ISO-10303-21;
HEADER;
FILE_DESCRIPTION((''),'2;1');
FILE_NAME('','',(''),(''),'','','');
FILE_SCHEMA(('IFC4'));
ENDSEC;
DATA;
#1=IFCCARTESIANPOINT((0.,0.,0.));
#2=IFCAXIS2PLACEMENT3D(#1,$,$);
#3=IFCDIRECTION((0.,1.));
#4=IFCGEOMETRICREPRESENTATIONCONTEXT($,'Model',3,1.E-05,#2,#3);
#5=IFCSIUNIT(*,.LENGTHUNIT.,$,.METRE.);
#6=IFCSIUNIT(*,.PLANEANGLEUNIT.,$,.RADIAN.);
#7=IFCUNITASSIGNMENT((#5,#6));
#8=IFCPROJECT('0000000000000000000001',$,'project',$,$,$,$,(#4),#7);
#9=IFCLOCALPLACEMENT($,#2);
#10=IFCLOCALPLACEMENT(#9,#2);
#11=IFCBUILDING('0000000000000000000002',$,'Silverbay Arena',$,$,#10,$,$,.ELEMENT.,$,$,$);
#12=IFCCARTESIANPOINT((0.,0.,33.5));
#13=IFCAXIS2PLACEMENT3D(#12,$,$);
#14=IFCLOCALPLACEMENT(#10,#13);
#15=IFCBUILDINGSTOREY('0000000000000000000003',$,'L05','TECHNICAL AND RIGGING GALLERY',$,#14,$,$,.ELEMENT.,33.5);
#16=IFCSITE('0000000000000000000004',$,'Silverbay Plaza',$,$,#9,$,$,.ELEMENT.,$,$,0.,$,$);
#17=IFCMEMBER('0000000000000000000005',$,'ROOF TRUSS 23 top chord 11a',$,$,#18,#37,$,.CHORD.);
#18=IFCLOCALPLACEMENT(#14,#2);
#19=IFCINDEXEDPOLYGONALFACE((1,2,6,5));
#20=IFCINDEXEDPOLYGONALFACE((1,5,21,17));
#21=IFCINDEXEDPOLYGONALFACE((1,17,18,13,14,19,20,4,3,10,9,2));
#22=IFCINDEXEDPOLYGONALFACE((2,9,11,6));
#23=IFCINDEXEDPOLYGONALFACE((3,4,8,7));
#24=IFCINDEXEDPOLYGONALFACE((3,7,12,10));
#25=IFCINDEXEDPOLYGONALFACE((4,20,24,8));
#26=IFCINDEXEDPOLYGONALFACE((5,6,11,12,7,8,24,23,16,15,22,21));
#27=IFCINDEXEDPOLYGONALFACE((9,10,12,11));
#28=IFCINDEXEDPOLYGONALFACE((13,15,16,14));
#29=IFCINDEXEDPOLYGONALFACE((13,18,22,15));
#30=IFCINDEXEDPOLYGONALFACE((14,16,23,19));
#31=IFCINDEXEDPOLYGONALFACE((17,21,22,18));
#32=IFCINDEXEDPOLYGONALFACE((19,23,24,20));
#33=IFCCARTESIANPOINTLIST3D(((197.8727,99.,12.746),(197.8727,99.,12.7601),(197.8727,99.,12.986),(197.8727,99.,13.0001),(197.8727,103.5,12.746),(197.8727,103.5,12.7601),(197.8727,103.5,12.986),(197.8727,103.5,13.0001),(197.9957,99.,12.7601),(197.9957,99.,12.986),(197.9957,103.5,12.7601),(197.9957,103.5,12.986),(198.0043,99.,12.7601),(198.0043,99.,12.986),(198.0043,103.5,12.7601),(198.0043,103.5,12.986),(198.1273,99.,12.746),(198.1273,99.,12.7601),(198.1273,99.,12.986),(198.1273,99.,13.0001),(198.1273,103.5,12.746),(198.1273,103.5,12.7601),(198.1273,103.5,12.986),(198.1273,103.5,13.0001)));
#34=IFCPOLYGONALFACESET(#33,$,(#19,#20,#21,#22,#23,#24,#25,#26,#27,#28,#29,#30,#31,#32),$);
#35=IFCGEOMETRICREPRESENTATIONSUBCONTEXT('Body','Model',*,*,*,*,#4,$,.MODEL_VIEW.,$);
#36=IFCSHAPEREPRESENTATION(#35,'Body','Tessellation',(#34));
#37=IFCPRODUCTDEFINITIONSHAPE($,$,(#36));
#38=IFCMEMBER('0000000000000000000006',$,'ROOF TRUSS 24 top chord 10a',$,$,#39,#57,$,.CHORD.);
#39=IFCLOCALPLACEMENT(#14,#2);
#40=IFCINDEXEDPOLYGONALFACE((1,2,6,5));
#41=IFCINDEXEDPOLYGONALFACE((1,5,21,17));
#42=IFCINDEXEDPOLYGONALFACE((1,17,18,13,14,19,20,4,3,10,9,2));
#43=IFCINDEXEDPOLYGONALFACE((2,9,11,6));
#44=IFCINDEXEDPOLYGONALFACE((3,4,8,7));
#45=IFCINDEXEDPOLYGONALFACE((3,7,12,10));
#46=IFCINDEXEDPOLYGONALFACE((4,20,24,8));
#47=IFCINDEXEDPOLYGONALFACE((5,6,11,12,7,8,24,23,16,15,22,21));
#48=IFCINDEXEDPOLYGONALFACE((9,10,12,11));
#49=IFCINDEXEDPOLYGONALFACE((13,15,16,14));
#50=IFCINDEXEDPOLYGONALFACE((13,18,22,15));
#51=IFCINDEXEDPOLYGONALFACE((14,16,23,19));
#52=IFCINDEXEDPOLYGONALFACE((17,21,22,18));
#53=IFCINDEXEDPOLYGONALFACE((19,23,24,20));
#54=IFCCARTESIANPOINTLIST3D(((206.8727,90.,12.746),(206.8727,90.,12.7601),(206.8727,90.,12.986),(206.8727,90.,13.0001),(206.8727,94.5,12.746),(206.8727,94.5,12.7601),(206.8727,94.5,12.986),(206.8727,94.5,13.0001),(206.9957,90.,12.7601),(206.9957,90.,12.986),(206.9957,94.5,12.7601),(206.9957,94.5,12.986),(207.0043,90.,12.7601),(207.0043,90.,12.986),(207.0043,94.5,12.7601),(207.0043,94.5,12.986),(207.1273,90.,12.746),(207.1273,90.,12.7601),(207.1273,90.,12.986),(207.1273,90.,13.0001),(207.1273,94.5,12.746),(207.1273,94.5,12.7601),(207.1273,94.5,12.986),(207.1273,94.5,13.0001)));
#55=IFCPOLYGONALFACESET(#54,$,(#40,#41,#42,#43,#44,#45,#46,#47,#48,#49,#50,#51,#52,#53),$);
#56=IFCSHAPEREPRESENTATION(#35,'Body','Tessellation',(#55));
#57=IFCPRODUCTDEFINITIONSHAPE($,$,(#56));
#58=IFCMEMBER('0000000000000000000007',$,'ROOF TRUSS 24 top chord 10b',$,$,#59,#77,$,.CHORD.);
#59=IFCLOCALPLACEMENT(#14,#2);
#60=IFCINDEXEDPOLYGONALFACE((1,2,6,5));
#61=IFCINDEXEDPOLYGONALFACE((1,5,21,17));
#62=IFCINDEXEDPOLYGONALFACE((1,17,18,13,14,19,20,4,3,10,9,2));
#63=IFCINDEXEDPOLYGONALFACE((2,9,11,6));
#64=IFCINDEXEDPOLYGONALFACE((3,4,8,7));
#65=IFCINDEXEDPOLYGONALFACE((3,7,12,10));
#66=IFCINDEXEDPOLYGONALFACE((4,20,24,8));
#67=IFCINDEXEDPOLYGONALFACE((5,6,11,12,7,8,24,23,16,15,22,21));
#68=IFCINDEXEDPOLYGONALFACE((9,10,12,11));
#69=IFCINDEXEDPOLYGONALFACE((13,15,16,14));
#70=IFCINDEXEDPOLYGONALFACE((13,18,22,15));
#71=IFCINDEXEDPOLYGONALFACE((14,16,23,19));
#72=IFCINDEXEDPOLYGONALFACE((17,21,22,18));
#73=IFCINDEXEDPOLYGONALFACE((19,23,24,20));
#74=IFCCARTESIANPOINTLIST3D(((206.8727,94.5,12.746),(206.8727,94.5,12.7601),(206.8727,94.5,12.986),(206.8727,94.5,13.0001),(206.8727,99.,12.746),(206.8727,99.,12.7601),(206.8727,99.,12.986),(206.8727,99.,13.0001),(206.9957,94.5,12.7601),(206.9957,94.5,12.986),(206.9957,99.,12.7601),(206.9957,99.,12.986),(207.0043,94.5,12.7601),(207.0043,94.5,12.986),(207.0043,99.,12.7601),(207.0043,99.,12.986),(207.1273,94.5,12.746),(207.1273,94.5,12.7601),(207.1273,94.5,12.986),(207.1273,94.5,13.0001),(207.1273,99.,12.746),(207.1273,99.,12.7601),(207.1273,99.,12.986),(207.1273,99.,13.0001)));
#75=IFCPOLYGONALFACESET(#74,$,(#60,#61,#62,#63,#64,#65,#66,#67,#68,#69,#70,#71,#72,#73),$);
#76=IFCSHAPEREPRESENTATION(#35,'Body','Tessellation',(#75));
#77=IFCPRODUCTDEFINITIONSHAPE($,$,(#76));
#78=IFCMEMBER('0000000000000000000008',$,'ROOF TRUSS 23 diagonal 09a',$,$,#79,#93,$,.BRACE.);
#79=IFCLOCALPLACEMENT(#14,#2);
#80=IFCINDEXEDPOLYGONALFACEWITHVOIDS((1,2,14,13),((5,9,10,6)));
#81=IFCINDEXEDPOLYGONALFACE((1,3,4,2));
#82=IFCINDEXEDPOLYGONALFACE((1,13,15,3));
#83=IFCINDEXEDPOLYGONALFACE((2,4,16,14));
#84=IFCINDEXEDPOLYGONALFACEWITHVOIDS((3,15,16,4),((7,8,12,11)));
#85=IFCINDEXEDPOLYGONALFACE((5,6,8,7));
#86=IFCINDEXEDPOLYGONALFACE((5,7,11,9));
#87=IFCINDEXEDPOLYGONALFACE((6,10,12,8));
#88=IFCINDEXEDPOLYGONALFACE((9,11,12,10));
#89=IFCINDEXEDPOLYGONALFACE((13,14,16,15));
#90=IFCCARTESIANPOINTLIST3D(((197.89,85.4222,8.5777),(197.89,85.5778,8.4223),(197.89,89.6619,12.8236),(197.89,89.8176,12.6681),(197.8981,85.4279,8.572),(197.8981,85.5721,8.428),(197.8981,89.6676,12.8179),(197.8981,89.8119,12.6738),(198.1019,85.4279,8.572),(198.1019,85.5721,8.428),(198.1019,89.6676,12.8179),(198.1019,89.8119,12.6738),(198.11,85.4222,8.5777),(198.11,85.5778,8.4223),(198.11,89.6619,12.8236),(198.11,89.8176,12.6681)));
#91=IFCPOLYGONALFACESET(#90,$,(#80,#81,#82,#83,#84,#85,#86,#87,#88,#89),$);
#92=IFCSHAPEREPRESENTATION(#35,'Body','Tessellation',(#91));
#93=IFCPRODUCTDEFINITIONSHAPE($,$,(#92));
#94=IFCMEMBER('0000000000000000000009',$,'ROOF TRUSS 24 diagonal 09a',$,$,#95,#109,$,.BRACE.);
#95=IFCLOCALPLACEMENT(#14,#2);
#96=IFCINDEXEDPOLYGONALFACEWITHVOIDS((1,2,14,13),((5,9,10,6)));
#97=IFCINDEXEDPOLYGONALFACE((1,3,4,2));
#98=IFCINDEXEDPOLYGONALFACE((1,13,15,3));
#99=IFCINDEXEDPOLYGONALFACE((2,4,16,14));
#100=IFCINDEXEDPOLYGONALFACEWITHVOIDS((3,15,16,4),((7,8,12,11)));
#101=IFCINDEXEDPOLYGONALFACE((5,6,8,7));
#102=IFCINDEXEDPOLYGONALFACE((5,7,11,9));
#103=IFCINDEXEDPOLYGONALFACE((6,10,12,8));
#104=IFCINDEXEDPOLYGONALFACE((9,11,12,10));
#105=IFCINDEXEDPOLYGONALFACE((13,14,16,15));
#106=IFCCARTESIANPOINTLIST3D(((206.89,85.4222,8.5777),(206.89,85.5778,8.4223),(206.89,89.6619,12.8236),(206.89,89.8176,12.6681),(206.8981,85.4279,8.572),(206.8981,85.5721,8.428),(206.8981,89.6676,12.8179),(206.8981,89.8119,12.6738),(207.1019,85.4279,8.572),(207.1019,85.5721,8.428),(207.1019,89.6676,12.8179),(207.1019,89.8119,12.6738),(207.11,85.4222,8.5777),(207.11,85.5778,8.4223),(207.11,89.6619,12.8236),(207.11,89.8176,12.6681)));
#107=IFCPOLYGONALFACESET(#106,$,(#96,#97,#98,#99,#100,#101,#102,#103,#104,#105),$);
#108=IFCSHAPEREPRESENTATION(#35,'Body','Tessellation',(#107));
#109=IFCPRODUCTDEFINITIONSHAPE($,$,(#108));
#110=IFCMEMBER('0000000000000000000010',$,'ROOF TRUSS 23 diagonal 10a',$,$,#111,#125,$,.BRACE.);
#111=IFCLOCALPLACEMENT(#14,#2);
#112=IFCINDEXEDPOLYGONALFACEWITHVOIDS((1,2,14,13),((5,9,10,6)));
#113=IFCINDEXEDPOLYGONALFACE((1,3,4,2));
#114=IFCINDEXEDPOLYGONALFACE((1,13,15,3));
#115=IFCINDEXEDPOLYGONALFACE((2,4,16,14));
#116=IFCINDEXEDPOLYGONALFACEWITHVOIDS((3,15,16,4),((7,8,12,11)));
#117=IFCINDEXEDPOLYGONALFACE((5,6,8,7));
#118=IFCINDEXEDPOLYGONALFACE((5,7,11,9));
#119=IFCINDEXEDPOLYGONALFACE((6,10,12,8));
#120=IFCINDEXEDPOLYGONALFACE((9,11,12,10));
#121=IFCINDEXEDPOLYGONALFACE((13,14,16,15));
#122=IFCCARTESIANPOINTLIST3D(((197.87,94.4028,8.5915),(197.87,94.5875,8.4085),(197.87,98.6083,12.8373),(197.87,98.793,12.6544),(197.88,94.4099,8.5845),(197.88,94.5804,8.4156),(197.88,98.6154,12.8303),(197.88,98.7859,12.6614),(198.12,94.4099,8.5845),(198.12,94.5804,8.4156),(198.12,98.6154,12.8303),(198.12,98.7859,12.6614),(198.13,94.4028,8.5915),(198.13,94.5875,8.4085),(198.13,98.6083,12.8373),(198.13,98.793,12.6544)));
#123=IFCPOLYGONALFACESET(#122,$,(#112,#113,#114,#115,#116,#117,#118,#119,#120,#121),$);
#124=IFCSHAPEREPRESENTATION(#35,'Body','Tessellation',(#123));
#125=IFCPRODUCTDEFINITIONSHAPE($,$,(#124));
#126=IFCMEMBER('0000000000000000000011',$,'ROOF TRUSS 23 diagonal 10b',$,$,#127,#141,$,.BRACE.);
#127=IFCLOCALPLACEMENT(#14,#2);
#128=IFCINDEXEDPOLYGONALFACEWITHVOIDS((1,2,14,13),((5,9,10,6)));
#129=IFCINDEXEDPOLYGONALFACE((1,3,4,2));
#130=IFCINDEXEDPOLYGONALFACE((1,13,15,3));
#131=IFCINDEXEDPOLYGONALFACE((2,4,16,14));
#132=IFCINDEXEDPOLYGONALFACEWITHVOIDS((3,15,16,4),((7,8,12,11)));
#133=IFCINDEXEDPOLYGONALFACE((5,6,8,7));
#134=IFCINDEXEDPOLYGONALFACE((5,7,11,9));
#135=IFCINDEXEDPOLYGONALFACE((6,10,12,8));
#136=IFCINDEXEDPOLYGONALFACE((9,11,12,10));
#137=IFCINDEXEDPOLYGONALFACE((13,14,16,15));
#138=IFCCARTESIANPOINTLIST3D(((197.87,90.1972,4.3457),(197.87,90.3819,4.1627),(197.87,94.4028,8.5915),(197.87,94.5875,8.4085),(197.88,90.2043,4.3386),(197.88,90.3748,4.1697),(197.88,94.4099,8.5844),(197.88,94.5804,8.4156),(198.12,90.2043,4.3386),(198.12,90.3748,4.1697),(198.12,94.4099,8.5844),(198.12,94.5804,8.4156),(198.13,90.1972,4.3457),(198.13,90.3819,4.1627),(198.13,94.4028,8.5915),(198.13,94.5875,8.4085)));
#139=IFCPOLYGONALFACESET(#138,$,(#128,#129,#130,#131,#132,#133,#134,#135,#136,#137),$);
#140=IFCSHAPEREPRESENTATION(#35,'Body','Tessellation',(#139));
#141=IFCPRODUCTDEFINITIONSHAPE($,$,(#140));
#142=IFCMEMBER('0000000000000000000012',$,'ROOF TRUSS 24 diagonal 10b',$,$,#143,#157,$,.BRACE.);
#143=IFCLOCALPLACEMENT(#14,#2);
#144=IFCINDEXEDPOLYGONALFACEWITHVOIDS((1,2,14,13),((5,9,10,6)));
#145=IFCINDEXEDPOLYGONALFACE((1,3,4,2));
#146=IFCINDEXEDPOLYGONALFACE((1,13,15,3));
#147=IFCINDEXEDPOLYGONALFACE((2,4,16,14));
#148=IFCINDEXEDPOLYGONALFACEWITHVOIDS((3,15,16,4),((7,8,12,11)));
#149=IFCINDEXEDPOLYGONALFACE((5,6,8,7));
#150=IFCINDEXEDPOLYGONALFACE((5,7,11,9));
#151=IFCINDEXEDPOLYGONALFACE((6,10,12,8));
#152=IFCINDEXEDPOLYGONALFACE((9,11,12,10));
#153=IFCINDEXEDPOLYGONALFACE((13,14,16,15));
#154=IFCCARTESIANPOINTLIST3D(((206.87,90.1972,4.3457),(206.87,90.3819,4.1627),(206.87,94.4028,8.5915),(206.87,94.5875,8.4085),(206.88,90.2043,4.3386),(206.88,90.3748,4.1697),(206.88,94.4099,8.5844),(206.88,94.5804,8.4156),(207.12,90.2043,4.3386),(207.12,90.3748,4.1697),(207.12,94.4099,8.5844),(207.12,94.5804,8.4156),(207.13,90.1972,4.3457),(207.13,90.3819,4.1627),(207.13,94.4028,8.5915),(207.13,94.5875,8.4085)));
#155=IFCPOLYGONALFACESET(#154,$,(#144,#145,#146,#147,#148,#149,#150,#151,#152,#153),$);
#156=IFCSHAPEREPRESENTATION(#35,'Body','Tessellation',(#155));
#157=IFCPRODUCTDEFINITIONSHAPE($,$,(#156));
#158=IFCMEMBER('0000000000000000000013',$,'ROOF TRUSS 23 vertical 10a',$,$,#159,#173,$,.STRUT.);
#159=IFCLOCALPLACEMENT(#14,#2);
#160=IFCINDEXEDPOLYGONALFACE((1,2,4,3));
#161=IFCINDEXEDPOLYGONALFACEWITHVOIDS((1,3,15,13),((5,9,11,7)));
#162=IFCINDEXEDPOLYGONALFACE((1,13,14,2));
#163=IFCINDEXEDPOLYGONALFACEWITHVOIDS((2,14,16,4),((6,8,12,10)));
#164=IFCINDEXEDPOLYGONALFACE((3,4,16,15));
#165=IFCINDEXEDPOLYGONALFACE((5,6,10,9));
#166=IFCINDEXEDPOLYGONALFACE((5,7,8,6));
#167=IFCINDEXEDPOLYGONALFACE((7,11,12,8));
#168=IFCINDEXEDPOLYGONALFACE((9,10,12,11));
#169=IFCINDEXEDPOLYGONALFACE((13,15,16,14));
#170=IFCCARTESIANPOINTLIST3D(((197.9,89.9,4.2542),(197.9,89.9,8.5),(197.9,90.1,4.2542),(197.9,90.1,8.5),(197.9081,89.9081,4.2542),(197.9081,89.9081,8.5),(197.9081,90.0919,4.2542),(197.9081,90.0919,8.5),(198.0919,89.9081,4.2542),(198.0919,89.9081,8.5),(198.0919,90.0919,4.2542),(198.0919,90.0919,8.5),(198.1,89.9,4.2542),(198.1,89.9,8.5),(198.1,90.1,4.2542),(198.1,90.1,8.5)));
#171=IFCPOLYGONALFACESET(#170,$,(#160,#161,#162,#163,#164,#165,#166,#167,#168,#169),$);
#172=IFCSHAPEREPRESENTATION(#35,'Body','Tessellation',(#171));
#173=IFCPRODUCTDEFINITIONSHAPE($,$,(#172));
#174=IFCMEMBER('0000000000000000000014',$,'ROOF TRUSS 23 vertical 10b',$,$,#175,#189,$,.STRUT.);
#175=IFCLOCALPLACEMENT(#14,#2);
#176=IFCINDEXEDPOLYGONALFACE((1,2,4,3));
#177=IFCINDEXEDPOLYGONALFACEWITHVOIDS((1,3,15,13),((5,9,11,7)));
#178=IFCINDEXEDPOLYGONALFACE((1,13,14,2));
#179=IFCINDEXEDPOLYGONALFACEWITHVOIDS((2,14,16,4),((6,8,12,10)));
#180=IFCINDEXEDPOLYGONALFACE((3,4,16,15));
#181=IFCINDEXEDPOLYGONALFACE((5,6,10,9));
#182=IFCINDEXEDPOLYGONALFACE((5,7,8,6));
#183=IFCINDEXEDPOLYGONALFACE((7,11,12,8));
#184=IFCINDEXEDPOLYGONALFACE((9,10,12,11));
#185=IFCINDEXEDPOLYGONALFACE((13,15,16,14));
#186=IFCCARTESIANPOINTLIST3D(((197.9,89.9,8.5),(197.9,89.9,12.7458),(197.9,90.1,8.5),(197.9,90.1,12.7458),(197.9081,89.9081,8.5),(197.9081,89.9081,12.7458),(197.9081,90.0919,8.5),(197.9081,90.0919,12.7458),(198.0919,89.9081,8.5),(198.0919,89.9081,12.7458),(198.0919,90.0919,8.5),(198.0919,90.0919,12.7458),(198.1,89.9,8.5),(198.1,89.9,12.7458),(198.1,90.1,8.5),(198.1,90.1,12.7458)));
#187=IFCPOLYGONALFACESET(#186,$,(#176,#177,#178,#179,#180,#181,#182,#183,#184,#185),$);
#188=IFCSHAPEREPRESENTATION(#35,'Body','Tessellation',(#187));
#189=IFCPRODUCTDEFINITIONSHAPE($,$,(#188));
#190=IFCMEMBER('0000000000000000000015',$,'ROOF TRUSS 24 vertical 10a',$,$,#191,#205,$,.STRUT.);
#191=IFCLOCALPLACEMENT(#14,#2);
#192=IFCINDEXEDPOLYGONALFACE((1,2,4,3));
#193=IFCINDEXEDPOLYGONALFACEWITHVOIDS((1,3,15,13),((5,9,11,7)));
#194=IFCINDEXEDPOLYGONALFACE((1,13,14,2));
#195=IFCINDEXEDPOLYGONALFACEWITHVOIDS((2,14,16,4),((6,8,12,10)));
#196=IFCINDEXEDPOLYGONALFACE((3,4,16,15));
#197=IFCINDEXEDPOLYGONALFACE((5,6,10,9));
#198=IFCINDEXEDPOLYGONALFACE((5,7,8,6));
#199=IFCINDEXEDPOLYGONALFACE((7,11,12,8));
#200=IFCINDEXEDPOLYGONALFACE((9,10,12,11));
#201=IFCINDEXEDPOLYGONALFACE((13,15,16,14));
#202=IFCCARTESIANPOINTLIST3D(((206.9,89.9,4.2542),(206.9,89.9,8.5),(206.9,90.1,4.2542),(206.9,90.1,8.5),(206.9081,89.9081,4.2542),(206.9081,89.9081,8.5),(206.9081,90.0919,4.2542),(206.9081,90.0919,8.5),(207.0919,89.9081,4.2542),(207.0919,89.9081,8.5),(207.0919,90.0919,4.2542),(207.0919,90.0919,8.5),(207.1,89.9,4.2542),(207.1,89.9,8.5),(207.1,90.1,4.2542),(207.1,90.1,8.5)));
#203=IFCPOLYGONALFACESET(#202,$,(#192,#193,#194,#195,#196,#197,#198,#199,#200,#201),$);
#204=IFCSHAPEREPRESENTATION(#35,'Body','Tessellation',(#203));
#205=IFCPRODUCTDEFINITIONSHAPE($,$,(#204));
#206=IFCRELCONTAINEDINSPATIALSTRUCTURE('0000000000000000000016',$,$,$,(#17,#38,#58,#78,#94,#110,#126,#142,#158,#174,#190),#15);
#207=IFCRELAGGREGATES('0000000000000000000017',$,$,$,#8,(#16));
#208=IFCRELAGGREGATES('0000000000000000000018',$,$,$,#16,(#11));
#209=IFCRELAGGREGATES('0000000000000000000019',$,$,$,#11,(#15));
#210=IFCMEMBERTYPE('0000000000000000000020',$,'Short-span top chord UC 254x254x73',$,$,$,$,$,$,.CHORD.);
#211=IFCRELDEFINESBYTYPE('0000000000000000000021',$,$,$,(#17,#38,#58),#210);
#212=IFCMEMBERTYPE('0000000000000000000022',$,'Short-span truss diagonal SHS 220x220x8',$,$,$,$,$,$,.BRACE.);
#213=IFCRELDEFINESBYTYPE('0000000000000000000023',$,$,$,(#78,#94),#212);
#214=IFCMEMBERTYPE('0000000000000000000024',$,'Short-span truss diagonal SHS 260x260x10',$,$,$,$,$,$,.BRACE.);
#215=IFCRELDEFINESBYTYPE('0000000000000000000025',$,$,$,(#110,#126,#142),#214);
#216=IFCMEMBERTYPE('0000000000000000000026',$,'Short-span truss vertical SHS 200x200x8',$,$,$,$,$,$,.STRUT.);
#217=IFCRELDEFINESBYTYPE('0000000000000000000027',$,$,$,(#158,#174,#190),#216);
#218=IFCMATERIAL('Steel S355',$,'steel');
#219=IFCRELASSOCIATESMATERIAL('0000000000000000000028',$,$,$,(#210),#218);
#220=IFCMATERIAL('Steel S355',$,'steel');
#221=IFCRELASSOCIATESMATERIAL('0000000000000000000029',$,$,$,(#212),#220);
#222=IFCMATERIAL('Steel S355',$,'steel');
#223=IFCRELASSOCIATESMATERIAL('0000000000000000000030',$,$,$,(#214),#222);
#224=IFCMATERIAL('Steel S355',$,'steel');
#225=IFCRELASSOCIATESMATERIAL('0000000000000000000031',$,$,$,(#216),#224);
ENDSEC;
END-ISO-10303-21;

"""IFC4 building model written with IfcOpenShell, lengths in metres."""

from ifc_helpers import new_model, si_unit, direction, frame, origin, origin_2d, place, context, subcontext, project, spatial, hollow_rectangle, i_section, extrude, material, material_profile, profile_set, type_object, element, save


model = new_model("IFC4")

# Units and contexts
model_context = context("Model", 3, precision=1e-05, world=origin(), true_north=direction((0.0, 1.0)))
body_context = subcontext(model_context, "Body", "Model", "MODEL_VIEW")
ifc_project = project(units=[si_unit("LENGTHUNIT", "METRE"), si_unit("PLANEANGLEUNIT", "RADIAN")], contexts=[model_context])

# Site, building, storey
site_placement = place(None, origin())
site = spatial("IfcSite", under=ifc_project, at=site_placement, Name="Silverbay Plaza", CompositionType="ELEMENT", RefElevation=0.0)
building_placement = place(site_placement, origin())
building = spatial("IfcBuilding", under=site, at=building_placement, Name="Silverbay Arena", CompositionType="ELEMENT")
storey_placement = place(building_placement, frame((0.0, 0.0, 33.5)))
storey = spatial("IfcBuildingStorey", under=building, at=storey_placement, Name="L05", Description="TECHNICAL AND RIGGING GALLERY", CompositionType="ELEMENT", Elevation=33.5)

# Members
ifc_material_1 = material(Name="Steel S355", Category="steel")
ifc_material_profile_1 = material_profile(ifc_material_1, i_section(OverallWidth=0.2546, OverallDepth=0.2542, WebThickness=0.0085, FlangeThickness=0.0142, at=origin_2d()), Name="UC 254x254x73")
ifc_profile_set_1 = profile_set([ifc_material_profile_1], Name="Steel S355")
member_type_1 = type_object("IfcMemberType", Name="Short-span top chord UC 254x254x73", PredefinedType="CHORD", material=ifc_profile_set_1)
for number, where, z_axis, x_axis, name in (
    (1, (198.0, 99.0, 12.873), (0.0, 1.0, 0.0), (-1.0, 0.0, 0.0), "ROOF TRUSS 23 top chord 11a"),
    (2, (207.0, 90.0, 12.873), (0.0, 1.0, 0.0), (-1.0, 0.0, 0.0), "ROOF TRUSS 24 top chord 10a"),
    (3, (207.0, 94.5, 12.873), (0.0, 1.0, 0.0), (-1.0, 0.0, 0.0), "ROOF TRUSS 24 top chord 10b"),
):
    element("IfcMember", number, at=place(storey_placement, frame(where, z_axis=z_axis, x_axis=x_axis)), inside=storey, type_object=member_type_1, Name=name, PredefinedType="CHORD", context=body_context, shape_type="SweptSolid", body=[
        extrude(i_section(OverallWidth=0.2546, OverallDepth=0.2542, WebThickness=0.0085, FlangeThickness=0.0142, at=origin_2d()), origin(), (0.0, 0.0, 1.0), 4.5),
    ])
ifc_material_2 = material(Name="Steel S355", Category="steel")
ifc_material_profile_2 = material_profile(ifc_material_2, hollow_rectangle(XDim=0.22, YDim=0.22, WallThickness=0.0081, at=origin_2d()), Name="SHS 220x220x8")
ifc_profile_set_2 = profile_set([ifc_material_profile_2], Name="Steel S355")
member_type_2 = type_object("IfcMemberType", Name="Short-span truss diagonal SHS 220x220x8", PredefinedType="BRACE", material=ifc_profile_set_2)
for number, where, z_axis, x_axis, name in (
    (4, (198.0, 89.7397, 12.7458), (0.0, -0.706598, -0.707615), (1.0, 0.0, 0.0), "ROOF TRUSS 23 diagonal 09a"),
    (5, (207.0, 89.7397, 12.7458), (0.0, -0.706598, -0.707615), (1.0, 0.0, 0.0), "ROOF TRUSS 24 diagonal 09a"),
):
    element("IfcMember", number, at=place(storey_placement, frame(where, z_axis=z_axis, x_axis=x_axis)), inside=storey, type_object=member_type_2, Name=name, PredefinedType="BRACE", context=body_context, shape_type="SweptSolid", body=[
        extrude(hollow_rectangle(XDim=0.22, YDim=0.22, WallThickness=0.0081, at=origin_2d()), origin(), (0.0, 0.0, 1.0), 6.0002),
    ])
ifc_material_3 = material(Name="Steel S355", Category="steel")
ifc_material_profile_3 = material_profile(ifc_material_3, hollow_rectangle(XDim=0.26, YDim=0.26, WallThickness=0.01, at=origin_2d()), Name="SHS 260x260x10")
ifc_profile_set_3 = profile_set([ifc_material_profile_3], Name="Steel S355")
member_type_3 = type_object("IfcMemberType", Name="Short-span truss diagonal SHS 260x260x10", PredefinedType="BRACE", material=ifc_profile_set_3)
for number, where, z_axis, x_axis, name in (
    (6, (198.0, 98.7007, 12.7458), (0.0, -0.703728, -0.710469), (1.0, 0.0, 0.0), "ROOF TRUSS 23 diagonal 10a"),
    (7, (198.0, 94.4951, 8.5), (0.0, -0.703728, -0.710469), (1.0, 0.0, 0.0), "ROOF TRUSS 23 diagonal 10b"),
    (8, (207.0, 94.4951, 8.5), (0.0, -0.703728, -0.710469), (1.0, 0.0, 0.0), "ROOF TRUSS 24 diagonal 10b"),
):
    element("IfcMember", number, at=place(storey_placement, frame(where, z_axis=z_axis, x_axis=x_axis)), inside=storey, type_object=member_type_3, Name=name, PredefinedType="BRACE", context=body_context, shape_type="SweptSolid", body=[
        extrude(hollow_rectangle(XDim=0.26, YDim=0.26, WallThickness=0.01, at=origin_2d()), origin(), (0.0, 0.0, 1.0), 5.9761),
    ])
ifc_material_4 = material(Name="Steel S355", Category="steel")
ifc_material_profile_4 = material_profile(ifc_material_4, hollow_rectangle(XDim=0.2, YDim=0.2, WallThickness=0.0081, at=origin_2d()), Name="SHS 200x200x8")
ifc_profile_set_4 = profile_set([ifc_material_profile_4], Name="Steel S355")
member_type_4 = type_object("IfcMemberType", Name="Short-span truss vertical SHS 200x200x8", PredefinedType="STRUT", material=ifc_profile_set_4)
for number, where, z_axis, x_axis, name in (
    (9, (198.0, 90.0, 4.2542), (0.0, 0.0, 1.0), (1.0, 0.0, 0.0), "ROOF TRUSS 23 vertical 10a"),
    (10, (198.0, 90.0, 8.5), (0.0, 0.0, 1.0), (1.0, 0.0, 0.0), "ROOF TRUSS 23 vertical 10b"),
    (11, (207.0, 90.0, 4.2542), (0.0, 0.0, 1.0), (1.0, 0.0, 0.0), "ROOF TRUSS 24 vertical 10a"),
):
    element("IfcMember", number, at=place(storey_placement, frame(where, z_axis=z_axis, x_axis=x_axis)), inside=storey, type_object=member_type_4, Name=name, PredefinedType="STRUT", context=body_context, shape_type="SweptSolid", body=[
        extrude(hollow_rectangle(XDim=0.2, YDim=0.2, WallThickness=0.0081, at=origin_2d()), origin(), (0.0, 0.0, 1.0), 4.2458),
    ])

save(model, "model.ifc")
